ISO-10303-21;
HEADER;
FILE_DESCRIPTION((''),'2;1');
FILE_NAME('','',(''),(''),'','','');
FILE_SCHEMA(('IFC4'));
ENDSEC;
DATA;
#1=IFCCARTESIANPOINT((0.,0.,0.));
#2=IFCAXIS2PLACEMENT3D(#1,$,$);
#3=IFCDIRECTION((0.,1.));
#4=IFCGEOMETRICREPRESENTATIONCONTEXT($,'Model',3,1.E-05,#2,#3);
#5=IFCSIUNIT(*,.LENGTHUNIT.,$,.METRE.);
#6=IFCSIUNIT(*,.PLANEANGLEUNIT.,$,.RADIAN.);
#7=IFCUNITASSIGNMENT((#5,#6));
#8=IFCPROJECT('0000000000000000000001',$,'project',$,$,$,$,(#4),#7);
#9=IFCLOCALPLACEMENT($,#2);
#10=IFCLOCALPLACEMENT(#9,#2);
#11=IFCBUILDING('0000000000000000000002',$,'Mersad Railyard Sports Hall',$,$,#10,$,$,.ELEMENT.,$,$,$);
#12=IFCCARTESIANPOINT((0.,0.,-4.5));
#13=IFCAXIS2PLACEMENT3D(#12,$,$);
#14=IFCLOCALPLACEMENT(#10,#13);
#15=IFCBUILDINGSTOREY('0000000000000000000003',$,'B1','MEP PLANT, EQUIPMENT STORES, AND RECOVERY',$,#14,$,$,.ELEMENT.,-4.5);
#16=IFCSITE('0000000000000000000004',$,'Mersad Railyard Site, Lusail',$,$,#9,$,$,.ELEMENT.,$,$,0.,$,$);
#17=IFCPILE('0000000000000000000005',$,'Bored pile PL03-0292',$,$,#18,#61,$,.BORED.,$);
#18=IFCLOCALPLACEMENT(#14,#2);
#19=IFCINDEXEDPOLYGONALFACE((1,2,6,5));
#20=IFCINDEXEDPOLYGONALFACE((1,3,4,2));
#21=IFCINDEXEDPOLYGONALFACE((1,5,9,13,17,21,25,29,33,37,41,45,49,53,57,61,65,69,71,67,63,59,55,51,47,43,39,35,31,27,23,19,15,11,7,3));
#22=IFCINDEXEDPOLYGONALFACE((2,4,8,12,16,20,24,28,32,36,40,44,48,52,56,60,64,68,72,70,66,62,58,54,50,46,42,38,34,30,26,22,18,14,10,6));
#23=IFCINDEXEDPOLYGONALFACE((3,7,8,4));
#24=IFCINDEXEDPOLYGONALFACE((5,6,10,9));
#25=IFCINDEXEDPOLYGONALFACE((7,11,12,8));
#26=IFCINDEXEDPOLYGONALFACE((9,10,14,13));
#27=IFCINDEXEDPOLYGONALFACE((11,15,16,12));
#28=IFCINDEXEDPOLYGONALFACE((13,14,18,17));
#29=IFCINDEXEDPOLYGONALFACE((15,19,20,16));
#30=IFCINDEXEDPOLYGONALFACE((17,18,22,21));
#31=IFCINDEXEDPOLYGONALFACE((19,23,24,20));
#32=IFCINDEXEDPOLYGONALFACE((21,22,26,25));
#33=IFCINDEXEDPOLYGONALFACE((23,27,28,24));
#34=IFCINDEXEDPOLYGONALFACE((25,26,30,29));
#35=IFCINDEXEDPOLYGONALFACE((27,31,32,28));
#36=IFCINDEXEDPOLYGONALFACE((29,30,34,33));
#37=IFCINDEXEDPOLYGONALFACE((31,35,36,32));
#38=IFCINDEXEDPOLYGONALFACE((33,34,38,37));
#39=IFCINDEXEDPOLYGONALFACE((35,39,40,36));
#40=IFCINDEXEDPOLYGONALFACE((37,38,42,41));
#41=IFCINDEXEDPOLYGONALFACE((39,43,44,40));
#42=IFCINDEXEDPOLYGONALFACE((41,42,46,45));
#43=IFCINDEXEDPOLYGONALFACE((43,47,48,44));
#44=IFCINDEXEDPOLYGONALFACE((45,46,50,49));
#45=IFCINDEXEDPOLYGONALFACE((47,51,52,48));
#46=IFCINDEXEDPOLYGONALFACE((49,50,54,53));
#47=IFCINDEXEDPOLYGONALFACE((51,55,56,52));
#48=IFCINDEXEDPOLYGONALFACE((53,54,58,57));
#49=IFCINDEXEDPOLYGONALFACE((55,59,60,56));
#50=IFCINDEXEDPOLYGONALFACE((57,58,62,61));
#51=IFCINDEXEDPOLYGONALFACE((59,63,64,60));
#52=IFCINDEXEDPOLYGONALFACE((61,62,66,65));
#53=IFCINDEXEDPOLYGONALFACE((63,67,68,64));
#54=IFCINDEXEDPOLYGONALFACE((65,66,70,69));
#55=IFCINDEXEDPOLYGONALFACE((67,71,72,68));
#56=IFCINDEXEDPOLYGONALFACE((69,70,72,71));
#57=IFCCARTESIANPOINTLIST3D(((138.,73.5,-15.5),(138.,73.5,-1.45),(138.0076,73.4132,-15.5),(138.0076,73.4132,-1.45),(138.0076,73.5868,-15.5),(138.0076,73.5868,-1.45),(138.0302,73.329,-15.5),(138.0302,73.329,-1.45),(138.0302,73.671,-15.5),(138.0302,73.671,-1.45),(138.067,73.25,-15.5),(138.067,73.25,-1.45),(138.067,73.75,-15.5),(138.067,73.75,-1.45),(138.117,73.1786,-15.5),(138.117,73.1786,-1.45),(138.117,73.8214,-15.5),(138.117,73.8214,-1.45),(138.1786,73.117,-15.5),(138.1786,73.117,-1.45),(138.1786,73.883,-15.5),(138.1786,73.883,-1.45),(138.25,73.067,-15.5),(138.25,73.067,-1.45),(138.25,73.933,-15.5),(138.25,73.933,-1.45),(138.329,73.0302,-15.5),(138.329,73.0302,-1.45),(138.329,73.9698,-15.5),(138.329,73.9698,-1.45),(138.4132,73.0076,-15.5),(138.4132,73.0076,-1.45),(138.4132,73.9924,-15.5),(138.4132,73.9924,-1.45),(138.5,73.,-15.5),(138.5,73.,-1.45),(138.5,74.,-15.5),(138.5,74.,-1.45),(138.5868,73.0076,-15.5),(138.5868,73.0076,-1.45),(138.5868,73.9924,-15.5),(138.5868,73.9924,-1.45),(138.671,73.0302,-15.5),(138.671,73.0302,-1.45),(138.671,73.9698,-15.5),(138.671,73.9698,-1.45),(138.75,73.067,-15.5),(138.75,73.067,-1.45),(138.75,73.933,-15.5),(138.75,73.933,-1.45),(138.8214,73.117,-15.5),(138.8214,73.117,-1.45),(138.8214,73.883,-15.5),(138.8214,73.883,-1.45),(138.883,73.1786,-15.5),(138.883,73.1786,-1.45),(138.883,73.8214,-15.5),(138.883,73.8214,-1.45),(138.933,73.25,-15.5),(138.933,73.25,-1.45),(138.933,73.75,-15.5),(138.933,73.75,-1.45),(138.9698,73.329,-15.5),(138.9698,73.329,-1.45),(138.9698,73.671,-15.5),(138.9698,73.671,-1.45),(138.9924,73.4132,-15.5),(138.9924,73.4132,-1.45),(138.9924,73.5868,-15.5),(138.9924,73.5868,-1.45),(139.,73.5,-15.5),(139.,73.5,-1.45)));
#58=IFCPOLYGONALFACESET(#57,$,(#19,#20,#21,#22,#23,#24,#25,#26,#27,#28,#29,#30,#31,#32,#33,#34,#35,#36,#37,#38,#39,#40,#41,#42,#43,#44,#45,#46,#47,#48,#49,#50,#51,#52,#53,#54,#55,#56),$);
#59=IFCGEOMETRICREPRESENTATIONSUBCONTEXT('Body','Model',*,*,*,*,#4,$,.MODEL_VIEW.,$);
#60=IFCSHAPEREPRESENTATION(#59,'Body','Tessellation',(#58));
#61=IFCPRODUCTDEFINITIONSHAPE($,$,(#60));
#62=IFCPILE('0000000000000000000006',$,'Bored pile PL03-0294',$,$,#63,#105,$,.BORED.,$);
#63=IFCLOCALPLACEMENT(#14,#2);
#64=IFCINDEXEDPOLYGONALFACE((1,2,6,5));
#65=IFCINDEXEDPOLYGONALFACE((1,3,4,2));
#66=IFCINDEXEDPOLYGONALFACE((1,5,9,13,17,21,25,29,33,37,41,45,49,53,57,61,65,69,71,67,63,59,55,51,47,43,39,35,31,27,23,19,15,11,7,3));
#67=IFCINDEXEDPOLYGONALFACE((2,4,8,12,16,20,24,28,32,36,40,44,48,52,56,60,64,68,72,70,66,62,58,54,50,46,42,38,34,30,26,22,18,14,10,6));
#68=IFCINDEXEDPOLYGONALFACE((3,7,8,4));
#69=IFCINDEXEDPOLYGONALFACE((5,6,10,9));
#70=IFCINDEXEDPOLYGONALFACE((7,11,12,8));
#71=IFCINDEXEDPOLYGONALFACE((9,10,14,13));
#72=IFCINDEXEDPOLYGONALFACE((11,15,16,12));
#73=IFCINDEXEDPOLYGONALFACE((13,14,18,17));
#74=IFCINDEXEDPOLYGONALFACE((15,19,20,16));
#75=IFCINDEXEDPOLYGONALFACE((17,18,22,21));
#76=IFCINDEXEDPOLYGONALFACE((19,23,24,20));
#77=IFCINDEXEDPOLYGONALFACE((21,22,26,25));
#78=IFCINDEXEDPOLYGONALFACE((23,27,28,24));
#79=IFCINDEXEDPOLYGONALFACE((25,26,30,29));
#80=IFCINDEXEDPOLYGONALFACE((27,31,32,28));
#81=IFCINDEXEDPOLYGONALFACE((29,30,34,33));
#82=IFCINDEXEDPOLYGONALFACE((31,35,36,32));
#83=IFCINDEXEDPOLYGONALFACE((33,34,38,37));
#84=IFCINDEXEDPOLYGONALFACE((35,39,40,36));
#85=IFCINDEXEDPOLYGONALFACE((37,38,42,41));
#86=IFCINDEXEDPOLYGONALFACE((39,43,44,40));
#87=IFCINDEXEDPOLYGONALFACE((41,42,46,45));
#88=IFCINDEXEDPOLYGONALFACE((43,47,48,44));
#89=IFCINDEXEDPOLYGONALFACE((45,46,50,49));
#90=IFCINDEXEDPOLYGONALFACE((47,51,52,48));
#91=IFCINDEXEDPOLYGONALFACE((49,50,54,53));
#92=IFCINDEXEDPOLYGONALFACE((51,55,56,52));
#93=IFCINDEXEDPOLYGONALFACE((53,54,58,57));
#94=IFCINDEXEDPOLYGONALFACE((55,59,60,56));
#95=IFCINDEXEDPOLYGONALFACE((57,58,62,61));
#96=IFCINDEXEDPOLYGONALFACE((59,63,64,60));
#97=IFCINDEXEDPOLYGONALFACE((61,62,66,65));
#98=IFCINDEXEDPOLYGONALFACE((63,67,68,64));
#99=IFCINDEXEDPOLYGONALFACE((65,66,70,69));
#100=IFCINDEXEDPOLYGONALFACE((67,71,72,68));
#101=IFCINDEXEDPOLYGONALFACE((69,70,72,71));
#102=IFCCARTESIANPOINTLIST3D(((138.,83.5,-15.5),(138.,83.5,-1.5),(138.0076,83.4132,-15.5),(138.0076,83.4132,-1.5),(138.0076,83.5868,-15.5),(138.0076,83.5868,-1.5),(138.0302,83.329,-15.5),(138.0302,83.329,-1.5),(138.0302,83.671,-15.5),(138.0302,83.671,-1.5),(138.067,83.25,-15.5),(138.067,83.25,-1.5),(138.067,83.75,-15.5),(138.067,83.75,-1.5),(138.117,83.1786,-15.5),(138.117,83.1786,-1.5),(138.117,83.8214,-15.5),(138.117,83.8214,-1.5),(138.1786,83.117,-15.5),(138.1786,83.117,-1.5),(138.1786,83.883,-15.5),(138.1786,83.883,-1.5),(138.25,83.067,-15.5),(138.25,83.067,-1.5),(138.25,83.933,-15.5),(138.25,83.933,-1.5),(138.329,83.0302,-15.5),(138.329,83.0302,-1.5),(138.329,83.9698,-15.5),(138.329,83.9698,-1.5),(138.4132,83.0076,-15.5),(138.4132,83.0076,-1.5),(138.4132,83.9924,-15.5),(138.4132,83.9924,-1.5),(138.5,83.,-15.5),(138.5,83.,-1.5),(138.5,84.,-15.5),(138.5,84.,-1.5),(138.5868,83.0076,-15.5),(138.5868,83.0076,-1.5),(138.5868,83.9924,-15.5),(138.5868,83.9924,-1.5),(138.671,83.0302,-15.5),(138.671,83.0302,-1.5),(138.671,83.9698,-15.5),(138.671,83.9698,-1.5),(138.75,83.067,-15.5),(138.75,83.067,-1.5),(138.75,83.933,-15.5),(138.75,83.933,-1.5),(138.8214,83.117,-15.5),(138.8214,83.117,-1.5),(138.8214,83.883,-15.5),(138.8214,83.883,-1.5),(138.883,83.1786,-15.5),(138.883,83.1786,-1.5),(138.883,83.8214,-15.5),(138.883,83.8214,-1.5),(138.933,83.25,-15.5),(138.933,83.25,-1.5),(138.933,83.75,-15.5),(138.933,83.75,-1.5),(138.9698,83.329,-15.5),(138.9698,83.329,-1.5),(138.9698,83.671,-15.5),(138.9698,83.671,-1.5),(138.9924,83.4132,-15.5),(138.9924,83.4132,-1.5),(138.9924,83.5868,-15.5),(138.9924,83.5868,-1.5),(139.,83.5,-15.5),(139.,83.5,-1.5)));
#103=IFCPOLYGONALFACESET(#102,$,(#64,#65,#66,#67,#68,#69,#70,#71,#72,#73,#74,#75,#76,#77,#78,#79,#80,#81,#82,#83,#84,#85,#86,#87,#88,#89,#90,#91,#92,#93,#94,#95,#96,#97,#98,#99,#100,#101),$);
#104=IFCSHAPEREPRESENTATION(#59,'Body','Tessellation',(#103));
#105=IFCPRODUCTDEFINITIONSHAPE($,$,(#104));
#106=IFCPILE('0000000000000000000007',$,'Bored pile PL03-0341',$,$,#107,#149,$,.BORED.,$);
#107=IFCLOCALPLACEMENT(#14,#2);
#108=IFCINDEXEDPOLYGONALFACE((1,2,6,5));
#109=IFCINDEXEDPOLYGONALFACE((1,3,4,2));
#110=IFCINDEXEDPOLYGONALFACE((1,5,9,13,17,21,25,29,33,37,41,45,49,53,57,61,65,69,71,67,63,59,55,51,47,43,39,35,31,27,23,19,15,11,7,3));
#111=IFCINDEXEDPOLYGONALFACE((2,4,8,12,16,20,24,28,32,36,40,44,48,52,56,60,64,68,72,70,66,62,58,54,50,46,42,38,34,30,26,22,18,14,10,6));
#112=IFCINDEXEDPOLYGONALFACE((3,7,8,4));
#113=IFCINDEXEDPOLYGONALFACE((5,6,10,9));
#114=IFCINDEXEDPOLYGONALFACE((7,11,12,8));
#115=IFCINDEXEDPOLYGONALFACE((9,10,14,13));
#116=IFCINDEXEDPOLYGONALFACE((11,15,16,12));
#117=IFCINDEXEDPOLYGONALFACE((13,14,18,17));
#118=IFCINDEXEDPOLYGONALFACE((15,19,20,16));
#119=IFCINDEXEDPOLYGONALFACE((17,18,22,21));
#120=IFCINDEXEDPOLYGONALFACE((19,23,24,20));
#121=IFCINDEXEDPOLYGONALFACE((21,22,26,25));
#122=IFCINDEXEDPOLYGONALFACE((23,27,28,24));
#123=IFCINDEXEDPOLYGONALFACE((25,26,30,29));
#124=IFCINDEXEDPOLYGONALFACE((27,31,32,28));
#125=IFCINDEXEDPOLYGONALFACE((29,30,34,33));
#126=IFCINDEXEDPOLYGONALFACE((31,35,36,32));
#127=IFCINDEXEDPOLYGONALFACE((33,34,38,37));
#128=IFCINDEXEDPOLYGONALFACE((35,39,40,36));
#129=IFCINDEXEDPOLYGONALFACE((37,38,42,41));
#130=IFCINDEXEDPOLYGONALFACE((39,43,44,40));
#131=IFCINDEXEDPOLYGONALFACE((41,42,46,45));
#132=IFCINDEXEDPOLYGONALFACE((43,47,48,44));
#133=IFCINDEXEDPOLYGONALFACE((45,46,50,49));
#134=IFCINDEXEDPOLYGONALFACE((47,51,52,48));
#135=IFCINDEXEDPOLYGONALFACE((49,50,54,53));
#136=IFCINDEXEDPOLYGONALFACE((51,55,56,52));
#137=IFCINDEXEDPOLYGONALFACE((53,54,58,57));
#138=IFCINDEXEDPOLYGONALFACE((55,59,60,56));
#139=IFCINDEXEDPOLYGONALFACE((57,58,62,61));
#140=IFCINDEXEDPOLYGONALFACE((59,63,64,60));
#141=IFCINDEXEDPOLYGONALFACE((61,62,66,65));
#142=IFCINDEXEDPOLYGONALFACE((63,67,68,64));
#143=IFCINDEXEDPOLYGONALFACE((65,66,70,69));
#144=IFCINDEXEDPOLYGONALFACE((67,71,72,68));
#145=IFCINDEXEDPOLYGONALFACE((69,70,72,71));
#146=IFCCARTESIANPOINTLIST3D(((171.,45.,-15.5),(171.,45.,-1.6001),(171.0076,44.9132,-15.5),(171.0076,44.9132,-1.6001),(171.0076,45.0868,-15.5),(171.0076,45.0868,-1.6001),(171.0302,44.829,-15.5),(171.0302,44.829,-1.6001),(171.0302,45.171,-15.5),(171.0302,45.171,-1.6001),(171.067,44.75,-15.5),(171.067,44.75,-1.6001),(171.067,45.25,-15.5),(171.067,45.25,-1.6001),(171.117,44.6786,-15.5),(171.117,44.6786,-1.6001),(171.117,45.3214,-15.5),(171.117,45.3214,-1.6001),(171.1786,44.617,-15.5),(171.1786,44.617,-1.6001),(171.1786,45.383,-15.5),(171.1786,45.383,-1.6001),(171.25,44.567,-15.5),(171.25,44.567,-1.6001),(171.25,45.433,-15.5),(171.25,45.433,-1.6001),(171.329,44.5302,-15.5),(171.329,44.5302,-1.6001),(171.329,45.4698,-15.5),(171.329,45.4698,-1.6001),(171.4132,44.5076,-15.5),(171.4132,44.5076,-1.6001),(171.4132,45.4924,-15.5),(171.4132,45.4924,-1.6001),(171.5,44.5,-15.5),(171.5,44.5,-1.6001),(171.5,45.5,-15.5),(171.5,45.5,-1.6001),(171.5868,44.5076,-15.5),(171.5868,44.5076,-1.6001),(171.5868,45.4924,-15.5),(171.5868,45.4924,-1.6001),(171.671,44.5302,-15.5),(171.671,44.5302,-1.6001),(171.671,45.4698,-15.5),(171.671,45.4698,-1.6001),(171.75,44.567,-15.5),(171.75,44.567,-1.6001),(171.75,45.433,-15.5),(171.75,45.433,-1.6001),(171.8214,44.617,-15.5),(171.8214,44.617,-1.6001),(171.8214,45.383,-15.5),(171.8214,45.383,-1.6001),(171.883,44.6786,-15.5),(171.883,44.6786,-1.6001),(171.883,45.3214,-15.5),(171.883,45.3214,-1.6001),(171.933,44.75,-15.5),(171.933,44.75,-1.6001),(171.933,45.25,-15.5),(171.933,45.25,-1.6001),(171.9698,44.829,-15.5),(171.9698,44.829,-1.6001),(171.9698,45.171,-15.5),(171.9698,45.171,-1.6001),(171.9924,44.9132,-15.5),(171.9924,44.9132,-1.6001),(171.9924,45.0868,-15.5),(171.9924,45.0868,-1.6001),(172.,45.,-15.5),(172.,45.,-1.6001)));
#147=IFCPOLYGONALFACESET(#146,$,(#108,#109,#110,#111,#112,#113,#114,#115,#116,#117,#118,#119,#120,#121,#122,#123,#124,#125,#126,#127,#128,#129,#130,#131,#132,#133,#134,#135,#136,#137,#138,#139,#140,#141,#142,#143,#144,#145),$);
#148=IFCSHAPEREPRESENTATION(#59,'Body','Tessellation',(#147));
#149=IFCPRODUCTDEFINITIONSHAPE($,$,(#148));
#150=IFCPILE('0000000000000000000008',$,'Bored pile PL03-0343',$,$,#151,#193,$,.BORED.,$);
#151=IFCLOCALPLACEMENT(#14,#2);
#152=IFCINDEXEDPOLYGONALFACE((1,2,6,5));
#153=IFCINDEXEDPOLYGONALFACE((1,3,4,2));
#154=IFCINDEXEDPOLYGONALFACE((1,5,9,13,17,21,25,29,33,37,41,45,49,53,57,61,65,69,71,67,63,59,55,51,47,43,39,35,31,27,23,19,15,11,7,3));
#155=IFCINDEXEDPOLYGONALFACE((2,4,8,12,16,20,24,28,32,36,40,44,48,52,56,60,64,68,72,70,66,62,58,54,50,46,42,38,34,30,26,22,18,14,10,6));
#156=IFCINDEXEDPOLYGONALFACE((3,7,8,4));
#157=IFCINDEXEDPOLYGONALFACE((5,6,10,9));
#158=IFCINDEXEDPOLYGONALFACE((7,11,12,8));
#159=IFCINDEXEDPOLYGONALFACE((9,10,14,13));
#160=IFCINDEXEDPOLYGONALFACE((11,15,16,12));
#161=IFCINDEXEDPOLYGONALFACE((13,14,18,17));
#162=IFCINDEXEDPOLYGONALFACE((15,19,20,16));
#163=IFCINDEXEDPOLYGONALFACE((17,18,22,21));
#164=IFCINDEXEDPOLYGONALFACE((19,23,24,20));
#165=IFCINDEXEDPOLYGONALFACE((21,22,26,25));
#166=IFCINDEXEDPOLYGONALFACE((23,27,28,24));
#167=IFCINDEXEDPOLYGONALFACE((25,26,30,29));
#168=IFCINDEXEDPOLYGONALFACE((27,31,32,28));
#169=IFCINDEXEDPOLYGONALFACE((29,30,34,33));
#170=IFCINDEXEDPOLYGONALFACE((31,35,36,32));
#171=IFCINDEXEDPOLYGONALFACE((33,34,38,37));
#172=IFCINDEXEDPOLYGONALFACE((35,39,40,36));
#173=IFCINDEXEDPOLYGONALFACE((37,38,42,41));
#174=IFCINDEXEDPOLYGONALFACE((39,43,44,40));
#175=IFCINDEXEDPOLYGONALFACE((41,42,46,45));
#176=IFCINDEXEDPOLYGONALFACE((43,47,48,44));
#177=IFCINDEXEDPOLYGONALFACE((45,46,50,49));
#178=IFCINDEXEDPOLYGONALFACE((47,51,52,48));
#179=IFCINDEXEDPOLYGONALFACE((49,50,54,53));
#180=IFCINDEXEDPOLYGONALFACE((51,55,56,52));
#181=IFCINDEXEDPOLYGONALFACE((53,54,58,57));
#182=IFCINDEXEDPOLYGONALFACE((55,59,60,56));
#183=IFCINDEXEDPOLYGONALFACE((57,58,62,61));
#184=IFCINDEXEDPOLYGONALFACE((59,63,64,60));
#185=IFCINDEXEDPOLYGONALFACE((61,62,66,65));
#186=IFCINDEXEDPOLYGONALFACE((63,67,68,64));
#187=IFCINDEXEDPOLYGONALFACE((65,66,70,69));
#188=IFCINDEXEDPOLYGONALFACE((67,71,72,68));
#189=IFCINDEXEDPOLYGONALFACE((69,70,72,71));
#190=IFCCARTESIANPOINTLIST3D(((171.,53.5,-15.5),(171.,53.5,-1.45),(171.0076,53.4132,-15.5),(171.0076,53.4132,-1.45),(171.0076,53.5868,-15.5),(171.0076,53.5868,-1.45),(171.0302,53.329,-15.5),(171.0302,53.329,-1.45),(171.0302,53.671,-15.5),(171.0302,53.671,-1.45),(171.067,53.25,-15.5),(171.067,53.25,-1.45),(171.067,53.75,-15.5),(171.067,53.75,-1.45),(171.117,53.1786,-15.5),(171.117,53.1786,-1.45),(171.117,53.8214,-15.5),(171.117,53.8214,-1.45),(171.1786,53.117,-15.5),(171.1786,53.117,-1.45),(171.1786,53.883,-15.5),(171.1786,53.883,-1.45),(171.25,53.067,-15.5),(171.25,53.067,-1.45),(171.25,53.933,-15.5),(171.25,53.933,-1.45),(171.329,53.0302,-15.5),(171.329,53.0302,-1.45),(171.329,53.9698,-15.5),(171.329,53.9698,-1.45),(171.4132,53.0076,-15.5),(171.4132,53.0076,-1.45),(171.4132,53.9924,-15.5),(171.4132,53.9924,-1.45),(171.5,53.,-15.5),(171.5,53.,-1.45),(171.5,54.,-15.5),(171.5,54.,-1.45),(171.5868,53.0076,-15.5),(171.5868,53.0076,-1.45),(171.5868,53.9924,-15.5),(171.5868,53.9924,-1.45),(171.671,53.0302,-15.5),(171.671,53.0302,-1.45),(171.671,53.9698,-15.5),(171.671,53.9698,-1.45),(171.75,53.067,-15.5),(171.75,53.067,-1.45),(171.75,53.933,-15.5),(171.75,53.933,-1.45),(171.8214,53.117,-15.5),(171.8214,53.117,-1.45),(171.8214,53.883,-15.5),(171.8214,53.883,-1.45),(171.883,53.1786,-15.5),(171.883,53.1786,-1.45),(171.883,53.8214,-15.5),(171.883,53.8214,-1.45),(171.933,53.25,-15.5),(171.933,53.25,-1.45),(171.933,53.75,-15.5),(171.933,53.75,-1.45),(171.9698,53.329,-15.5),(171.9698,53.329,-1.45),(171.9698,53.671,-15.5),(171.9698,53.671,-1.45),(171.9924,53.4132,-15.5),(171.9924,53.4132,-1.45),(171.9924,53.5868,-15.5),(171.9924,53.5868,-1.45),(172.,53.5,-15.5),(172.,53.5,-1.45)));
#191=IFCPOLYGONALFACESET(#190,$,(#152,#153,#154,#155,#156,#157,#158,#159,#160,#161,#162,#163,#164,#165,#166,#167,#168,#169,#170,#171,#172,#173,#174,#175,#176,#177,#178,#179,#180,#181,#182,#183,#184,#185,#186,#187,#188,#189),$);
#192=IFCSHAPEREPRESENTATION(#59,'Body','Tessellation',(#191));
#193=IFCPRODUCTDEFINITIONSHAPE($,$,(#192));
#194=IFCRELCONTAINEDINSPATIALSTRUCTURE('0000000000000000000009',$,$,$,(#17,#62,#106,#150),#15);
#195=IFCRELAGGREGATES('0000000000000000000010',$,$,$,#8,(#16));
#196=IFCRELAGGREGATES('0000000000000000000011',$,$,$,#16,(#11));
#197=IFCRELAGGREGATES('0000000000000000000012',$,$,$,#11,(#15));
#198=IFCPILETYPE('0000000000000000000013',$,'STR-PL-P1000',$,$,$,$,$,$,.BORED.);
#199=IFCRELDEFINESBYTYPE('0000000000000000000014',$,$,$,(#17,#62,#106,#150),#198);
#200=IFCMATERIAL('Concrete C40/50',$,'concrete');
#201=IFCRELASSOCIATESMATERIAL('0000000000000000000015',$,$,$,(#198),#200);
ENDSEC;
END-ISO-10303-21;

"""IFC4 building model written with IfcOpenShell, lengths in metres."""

from ifc_helpers import new_model, si_unit, direction, frame, origin, origin_2d, place, context, subcontext, project, spatial, circle, extrude, material, material_profile, profile_set, type_object, element, save


model = new_model("IFC4")

# Units and contexts
model_context = context("Model", 3, precision=1e-05, world=origin(), true_north=direction((0.0, 1.0)))
body_context = subcontext(model_context, "Body", "Model", "MODEL_VIEW")
ifc_project = project(units=[si_unit("LENGTHUNIT", "METRE"), si_unit("PLANEANGLEUNIT", "RADIAN")], contexts=[model_context])

# Site, building, storey
site_placement = place(None, origin())
site = spatial("IfcSite", under=ifc_project, at=site_placement, Name="Mersad Railyard Site, Lusail", CompositionType="ELEMENT", RefElevation=0.0)
building_placement = place(site_placement, origin())
building = spatial("IfcBuilding", under=site, at=building_placement, Name="Mersad Railyard Sports Hall", CompositionType="ELEMENT")
storey_placement = place(building_placement, frame((0.0, 0.0, -4.5)))
storey = spatial("IfcBuildingStorey", under=building, at=storey_placement, Name="B1", Description="MEP PLANT, EQUIPMENT STORES, AND RECOVERY", CompositionType="ELEMENT", Elevation=-4.5)

# Shared definitions
ifc_material_1 = material(Name="Concrete C40/50", Category="concrete")

# Piles
ifc_material_profile_1 = material_profile(ifc_material_1, circle(Radius=0.5, at=origin_2d()), Name="BORED PILE D1000")
ifc_profile_set_1 = profile_set([ifc_material_profile_1], Name="Concrete C40/50")
pile_type = type_object("IfcPileType", Name="STR-PL-P1000", PredefinedType="BORED", material=ifc_profile_set_1)
pile_1_placement = place(storey_placement, frame((138.5, 73.5, -1.45), z_axis=(0.0, 0.0, -1.0), x_axis=(1.0, 0.0, 0.0)))
element("IfcPile", 1, at=pile_1_placement, inside=storey, type_object=pile_type, Name="Bored pile PL03-0292", PredefinedType="BORED", context=body_context, shape_type="SweptSolid", body=[
    extrude(circle(Radius=0.5, at=origin_2d()), origin(), (0.0, 0.0, 1.0), 14.05),
])
pile_2_placement = place(storey_placement, frame((138.5, 83.5, -1.5), z_axis=(0.0, 0.0, -1.0), x_axis=(1.0, 0.0, 0.0)))
element("IfcPile", 2, at=pile_2_placement, inside=storey, type_object=pile_type, Name="Bored pile PL03-0294", PredefinedType="BORED", context=body_context, shape_type="SweptSolid", body=[
    extrude(circle(Radius=0.5, at=origin_2d()), origin(), (0.0, 0.0, 1.0), 14.0),
])
pile_3_placement = place(storey_placement, frame((171.5, 45.0, -1.6001), z_axis=(0.0, 0.0, -1.0), x_axis=(1.0, 0.0, 0.0)))
element("IfcPile", 3, at=pile_3_placement, inside=storey, type_object=pile_type, Name="Bored pile PL03-0341", PredefinedType="BORED", context=body_context, shape_type="SweptSolid", body=[
    extrude(circle(Radius=0.5, at=origin_2d()), origin(), (0.0, 0.0, 1.0), 13.8999),
])
pile_4_placement = place(storey_placement, frame((171.5, 53.5, -1.45), z_axis=(0.0, 0.0, -1.0), x_axis=(1.0, 0.0, 0.0)))
element("IfcPile", 4, at=pile_4_placement, inside=storey, type_object=pile_type, Name="Bored pile PL03-0343", PredefinedType="BORED", context=body_context, shape_type="SweptSolid", body=[
    extrude(circle(Radius=0.5, at=origin_2d()), origin(), (0.0, 0.0, 1.0), 14.05),
])

save(model, "model.ifc")
